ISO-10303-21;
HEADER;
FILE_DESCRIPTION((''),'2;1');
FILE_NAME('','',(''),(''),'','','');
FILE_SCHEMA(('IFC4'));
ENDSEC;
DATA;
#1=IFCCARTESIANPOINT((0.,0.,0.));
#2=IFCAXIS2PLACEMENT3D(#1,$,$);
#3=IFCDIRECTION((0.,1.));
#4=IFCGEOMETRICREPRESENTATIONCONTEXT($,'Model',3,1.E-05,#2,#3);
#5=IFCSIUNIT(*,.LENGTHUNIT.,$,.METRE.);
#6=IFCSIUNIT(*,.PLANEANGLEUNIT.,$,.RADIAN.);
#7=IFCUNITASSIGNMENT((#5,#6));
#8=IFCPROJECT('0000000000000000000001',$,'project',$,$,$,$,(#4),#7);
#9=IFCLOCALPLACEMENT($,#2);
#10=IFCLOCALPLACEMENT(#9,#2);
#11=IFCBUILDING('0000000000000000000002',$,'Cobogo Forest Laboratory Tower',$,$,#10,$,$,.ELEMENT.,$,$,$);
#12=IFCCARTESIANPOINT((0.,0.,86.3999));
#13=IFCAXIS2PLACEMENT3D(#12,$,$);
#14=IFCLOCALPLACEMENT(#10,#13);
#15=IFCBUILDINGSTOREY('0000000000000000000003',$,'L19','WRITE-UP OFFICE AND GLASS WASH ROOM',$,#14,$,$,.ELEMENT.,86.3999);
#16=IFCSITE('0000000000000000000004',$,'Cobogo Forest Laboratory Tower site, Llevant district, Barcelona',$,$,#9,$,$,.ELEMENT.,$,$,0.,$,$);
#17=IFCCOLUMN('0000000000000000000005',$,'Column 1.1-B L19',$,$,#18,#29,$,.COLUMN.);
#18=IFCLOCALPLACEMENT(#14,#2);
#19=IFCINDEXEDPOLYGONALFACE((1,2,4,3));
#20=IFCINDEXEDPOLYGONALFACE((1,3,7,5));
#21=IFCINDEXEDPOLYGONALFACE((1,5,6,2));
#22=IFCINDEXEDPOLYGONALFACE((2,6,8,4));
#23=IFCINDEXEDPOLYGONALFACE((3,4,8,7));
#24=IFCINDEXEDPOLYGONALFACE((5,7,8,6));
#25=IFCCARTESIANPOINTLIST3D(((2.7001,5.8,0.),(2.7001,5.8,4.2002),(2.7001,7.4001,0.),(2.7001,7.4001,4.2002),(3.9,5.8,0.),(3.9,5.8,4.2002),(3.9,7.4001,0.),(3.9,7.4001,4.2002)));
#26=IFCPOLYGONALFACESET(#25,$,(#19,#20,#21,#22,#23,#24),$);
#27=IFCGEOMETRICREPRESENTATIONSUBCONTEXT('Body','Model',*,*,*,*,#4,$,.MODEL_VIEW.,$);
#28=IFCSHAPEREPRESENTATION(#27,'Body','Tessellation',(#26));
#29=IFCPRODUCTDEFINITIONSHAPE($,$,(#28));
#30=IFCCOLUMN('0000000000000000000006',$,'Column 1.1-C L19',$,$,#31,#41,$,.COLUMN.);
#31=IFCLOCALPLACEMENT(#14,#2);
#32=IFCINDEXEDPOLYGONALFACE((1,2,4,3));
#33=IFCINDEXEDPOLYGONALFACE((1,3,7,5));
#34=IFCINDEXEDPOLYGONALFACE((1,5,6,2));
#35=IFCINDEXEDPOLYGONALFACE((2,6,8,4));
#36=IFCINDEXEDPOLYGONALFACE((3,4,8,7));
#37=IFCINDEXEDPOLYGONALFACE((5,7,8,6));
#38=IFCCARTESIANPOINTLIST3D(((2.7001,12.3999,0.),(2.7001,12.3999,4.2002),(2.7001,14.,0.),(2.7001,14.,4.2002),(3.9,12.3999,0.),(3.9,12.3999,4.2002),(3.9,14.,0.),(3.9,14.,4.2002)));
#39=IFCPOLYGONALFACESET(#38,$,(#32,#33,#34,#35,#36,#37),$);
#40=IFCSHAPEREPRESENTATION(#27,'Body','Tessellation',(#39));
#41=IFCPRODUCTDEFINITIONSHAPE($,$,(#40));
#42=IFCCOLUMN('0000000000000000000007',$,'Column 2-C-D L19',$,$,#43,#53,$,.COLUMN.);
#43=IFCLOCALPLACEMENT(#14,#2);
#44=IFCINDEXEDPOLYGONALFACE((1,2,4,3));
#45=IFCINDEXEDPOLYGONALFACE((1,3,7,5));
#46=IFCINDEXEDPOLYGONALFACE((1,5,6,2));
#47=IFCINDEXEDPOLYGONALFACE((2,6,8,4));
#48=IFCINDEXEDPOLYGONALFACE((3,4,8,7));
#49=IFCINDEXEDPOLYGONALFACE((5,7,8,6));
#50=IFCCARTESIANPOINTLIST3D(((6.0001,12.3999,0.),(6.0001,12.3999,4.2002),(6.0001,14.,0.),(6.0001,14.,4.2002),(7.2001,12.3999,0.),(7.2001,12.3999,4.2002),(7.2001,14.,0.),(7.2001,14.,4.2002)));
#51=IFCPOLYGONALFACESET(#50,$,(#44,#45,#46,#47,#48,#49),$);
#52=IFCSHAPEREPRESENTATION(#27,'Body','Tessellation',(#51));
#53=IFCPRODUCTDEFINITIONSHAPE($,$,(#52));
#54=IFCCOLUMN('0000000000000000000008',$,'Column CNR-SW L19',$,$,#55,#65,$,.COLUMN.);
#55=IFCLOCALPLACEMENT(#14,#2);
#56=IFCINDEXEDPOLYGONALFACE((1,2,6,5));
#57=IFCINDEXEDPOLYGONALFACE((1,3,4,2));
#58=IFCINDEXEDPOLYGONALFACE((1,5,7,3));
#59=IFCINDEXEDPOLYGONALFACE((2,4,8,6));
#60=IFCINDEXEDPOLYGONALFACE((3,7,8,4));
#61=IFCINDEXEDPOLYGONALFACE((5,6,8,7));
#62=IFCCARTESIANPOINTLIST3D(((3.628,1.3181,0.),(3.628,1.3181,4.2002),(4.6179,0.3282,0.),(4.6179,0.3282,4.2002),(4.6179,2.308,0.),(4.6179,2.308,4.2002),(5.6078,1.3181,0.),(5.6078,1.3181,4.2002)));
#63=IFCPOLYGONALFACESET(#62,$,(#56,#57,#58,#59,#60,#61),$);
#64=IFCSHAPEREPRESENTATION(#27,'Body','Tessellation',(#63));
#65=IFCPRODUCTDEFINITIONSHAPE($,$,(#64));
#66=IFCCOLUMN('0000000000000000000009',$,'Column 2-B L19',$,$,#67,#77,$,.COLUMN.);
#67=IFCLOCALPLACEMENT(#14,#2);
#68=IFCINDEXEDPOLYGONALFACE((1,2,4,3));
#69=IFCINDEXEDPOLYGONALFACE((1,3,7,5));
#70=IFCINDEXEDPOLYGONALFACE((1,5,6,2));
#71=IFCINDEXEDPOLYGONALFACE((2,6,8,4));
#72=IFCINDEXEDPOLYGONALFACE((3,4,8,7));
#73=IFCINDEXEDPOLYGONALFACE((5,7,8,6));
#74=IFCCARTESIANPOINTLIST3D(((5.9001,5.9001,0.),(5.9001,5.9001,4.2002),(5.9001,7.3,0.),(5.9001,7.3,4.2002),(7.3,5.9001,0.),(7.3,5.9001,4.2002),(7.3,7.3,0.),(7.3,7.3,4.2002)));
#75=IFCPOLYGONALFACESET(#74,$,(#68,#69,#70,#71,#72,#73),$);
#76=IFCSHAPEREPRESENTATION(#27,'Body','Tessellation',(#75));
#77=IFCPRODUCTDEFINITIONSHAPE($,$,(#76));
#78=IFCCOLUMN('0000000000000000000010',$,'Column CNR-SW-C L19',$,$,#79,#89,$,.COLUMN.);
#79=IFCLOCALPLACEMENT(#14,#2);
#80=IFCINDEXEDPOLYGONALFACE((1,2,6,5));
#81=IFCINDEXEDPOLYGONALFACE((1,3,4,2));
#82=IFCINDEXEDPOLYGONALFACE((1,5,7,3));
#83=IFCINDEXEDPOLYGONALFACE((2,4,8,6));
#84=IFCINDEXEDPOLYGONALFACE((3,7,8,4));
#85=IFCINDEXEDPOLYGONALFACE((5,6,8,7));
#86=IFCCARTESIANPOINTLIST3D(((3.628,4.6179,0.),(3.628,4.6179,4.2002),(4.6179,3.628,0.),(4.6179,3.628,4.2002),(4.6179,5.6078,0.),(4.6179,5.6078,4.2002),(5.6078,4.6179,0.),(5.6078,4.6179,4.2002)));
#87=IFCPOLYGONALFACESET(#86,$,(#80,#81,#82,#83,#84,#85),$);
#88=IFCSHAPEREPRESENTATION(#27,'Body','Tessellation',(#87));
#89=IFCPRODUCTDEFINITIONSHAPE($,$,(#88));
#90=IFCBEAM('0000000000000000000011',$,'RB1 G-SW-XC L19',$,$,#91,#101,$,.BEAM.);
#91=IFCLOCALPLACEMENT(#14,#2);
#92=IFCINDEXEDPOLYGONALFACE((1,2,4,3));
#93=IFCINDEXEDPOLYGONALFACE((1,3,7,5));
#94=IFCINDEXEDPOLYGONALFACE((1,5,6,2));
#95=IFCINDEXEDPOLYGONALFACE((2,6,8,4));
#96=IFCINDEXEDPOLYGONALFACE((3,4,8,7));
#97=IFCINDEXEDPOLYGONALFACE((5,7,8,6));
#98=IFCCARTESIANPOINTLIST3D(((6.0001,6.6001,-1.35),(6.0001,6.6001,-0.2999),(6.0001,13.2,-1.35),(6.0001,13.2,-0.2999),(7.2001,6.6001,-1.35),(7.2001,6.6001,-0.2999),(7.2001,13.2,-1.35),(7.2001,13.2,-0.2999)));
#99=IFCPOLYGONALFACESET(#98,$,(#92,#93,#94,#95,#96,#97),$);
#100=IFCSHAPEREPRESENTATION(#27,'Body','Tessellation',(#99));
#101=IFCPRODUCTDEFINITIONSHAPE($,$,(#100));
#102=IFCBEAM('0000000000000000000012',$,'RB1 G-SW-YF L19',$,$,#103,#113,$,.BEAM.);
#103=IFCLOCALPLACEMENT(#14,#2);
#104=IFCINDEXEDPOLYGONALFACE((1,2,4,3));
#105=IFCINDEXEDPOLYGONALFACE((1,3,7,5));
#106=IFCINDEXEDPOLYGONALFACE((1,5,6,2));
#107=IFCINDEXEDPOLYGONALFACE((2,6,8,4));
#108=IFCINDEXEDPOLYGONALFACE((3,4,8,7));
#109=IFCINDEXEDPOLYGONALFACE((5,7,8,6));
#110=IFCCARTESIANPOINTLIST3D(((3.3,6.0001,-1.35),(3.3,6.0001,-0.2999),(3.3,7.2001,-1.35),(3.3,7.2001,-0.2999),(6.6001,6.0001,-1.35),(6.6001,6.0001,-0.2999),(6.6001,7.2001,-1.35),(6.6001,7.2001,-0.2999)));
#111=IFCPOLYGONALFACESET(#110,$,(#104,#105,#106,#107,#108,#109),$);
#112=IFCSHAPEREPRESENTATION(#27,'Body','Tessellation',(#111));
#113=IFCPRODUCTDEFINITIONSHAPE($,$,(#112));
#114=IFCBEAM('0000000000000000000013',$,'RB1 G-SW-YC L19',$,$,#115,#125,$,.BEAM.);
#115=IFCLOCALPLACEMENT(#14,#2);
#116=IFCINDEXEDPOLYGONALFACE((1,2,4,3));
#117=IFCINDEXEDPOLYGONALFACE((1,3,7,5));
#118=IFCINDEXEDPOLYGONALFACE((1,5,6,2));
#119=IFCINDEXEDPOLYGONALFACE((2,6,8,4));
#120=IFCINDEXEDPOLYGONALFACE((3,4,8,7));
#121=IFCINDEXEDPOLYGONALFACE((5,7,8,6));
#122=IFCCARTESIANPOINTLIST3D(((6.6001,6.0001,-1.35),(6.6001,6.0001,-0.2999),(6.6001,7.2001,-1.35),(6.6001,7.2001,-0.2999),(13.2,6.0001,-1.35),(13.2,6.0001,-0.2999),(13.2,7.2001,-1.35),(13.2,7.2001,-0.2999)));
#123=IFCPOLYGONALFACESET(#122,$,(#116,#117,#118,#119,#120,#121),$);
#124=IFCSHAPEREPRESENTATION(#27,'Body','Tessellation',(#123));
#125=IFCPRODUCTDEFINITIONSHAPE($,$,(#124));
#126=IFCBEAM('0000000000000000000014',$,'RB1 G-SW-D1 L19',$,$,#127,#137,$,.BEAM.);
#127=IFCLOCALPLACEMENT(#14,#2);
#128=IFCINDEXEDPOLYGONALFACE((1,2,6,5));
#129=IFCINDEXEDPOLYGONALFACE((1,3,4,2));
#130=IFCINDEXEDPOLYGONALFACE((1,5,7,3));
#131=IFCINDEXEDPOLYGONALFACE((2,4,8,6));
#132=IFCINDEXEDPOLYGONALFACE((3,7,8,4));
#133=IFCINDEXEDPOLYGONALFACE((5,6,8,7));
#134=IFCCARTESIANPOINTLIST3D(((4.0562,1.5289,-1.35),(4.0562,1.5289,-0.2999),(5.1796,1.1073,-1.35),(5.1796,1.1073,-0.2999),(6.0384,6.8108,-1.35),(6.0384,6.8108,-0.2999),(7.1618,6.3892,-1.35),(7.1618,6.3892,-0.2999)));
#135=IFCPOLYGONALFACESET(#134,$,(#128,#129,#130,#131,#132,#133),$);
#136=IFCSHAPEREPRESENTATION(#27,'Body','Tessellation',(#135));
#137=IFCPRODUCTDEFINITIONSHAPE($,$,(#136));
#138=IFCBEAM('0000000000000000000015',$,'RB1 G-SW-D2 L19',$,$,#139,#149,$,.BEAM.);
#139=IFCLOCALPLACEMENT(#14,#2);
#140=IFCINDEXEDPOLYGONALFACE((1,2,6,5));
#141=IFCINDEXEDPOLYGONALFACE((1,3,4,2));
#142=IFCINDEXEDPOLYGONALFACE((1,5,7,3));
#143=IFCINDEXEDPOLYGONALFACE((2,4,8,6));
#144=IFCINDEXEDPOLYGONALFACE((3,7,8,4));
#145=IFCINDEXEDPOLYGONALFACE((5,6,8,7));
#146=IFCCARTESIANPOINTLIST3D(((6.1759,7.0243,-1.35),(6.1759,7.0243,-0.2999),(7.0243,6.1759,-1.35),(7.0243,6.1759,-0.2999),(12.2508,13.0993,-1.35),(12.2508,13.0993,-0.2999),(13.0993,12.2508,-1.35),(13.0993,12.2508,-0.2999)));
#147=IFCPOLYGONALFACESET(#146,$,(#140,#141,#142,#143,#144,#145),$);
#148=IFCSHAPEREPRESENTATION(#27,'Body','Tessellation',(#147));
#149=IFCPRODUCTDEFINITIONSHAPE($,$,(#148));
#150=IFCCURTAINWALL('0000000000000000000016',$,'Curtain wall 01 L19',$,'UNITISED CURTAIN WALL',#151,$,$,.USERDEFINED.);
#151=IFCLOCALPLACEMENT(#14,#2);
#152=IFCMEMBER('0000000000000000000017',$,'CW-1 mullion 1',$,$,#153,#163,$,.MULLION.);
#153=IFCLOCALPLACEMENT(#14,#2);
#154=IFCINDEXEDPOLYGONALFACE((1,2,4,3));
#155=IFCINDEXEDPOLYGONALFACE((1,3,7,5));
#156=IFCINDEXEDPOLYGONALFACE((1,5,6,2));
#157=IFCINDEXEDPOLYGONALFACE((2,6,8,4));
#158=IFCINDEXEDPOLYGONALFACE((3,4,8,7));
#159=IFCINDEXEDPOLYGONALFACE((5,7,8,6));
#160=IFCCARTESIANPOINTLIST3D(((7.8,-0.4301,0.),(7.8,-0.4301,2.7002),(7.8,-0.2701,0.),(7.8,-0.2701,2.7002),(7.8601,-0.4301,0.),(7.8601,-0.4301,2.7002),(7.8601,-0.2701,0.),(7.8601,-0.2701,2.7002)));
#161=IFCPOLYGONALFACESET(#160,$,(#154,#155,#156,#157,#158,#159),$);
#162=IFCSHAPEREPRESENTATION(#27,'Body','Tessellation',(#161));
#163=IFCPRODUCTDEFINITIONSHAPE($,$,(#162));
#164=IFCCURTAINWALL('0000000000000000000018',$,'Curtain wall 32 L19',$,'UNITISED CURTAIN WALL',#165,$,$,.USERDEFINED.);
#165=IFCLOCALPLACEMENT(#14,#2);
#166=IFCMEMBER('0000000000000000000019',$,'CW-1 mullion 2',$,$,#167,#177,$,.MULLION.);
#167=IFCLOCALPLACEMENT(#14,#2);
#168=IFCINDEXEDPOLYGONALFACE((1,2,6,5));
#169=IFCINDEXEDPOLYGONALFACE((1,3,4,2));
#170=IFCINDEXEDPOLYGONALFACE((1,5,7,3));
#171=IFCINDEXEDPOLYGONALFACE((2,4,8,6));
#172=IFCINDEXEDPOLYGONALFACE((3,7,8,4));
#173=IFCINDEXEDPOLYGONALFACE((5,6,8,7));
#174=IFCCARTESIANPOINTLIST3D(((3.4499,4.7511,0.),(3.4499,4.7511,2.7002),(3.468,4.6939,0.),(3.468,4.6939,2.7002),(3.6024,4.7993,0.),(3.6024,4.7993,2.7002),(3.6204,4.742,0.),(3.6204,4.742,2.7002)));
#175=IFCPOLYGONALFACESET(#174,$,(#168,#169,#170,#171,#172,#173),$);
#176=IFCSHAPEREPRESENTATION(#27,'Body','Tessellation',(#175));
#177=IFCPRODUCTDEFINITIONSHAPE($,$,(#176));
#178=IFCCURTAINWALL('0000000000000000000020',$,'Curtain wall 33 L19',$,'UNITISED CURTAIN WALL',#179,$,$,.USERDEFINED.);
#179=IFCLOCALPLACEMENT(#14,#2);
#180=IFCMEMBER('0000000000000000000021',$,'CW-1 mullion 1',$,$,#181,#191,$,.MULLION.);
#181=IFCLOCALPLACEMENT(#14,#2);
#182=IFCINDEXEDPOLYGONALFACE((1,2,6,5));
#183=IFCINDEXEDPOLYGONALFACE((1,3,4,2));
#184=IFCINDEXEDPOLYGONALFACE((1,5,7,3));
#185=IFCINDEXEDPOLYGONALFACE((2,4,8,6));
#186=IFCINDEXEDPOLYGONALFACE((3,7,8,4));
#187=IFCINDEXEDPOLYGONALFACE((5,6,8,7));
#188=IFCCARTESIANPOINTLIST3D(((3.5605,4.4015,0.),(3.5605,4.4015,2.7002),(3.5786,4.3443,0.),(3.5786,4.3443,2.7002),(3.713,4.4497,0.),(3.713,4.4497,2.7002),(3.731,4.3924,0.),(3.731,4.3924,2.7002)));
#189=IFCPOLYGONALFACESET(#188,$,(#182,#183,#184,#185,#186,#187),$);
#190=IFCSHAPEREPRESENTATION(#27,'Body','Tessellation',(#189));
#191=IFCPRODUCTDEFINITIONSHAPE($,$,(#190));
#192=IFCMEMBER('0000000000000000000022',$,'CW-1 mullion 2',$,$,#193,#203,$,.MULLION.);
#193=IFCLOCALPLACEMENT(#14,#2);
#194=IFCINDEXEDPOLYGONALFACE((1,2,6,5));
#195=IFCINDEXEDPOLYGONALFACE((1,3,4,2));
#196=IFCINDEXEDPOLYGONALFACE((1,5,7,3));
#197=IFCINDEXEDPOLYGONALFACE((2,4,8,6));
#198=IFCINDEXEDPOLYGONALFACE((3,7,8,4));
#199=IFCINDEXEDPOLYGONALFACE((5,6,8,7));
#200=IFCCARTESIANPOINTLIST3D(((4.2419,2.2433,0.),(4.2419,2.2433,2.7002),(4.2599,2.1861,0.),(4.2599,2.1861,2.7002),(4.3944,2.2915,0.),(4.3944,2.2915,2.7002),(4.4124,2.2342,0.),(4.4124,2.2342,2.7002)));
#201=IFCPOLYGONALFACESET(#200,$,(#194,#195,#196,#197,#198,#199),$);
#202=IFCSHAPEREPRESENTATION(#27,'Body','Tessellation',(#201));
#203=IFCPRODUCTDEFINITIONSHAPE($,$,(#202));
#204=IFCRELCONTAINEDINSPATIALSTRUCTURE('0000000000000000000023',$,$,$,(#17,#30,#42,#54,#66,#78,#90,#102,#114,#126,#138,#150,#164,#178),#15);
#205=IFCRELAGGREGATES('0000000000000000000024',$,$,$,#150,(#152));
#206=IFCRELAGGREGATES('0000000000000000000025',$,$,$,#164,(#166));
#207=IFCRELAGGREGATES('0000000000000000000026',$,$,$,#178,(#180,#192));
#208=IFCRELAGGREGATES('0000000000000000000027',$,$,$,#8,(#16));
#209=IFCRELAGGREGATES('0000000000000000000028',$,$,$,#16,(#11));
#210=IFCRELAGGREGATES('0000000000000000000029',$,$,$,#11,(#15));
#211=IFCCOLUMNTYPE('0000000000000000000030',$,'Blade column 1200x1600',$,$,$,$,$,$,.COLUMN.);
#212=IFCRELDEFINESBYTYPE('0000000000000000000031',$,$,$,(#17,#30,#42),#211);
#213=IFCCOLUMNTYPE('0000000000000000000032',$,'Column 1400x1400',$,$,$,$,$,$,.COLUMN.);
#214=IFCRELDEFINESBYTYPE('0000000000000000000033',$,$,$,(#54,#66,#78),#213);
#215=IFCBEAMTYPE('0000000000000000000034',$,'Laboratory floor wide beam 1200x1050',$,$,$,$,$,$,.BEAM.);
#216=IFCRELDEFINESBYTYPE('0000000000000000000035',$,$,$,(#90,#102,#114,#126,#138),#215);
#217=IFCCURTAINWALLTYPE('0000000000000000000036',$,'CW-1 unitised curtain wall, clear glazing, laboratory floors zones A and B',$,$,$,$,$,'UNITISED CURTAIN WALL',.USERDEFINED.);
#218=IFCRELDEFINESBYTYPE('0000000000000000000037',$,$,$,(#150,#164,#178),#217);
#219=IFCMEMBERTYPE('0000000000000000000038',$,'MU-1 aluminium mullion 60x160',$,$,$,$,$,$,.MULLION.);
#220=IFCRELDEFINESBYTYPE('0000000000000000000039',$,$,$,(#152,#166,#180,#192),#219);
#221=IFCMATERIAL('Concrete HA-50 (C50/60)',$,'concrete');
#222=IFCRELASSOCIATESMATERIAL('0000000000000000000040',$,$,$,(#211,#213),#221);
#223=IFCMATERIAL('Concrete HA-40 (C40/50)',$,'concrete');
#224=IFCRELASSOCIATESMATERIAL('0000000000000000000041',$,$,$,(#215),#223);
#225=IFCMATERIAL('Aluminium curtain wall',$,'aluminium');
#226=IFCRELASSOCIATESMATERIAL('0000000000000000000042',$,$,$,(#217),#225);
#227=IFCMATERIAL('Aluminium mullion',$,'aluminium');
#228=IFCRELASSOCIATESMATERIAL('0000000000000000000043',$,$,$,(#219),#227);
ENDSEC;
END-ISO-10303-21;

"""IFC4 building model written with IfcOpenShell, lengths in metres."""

from ifc_helpers import new_model, si_unit, direction, frame, origin, origin_2d, place, context, subcontext, project, spatial, rectangle, extrude, material, material_profile, profile_set, type_object, element, aggregate, save


model = new_model("IFC4")

# Units and contexts
model_context = context("Model", 3, precision=1e-05, world=origin(), true_north=direction((0.0, 1.0)))
body_context = subcontext(model_context, "Body", "Model", "MODEL_VIEW")
ifc_project = project(units=[si_unit("LENGTHUNIT", "METRE"), si_unit("PLANEANGLEUNIT", "RADIAN")], contexts=[model_context])

# Site, building, storey
site_placement = place(None, origin())
site = spatial("IfcSite", under=ifc_project, at=site_placement, Name="Cobogo Forest Laboratory Tower site, Llevant district, Barcelona", CompositionType="ELEMENT", RefElevation=0.0)
building_placement = place(site_placement, origin())
building = spatial("IfcBuilding", under=site, at=building_placement, Name="Cobogo Forest Laboratory Tower", CompositionType="ELEMENT")
storey_placement = place(building_placement, frame((0.0, 0.0, 86.3999)))
storey = spatial("IfcBuildingStorey", under=building, at=storey_placement, Name="L19", Description="WRITE-UP OFFICE AND GLASS WASH ROOM", CompositionType="ELEMENT", Elevation=86.3999)

# Columns
ifc_material_1 = material(Name="Concrete HA-50 (C50/60)", Category="concrete")
ifc_material_profile_1 = material_profile(ifc_material_1, rectangle(XDim=1.6001, YDim=1.2, at=origin_2d()), Name="RC 1200x1600")
ifc_profile_set_1 = profile_set([ifc_material_profile_1], Name="Concrete HA-50 (C50/60)")
column_type_1 = type_object("IfcColumnType", Name="Blade column 1200x1600", PredefinedType="COLUMN", material=ifc_profile_set_1)
for number, where, z_axis, x_axis, name in (
    (1, (3.3, 6.6001, 0.0), (0.0, 0.0, 1.0), (0.0, 1.0, 0.0), "Column 1.1-B L19"),
    (2, (3.3, 13.2, 0.0), (0.0, 0.0, 1.0), (0.0, 1.0, 0.0), "Column 1.1-C L19"),
    (3, (6.6001, 13.2, 0.0), (0.0, 0.0, 1.0), (0.0, 1.0, 0.0), "Column 2-C-D L19"),
):
    element("IfcColumn", number, at=place(storey_placement, frame(where, z_axis=z_axis, x_axis=x_axis)), inside=storey, type_object=column_type_1, Name=name, PredefinedType="COLUMN", context=body_context, shape_type="SweptSolid", body=[
        extrude(rectangle(XDim=1.6001, YDim=1.2, at=origin_2d()), origin(), (0.0, 0.0, 1.0), 4.2002),
    ])
ifc_material_profile_2 = material_profile(ifc_material_1, rectangle(XDim=1.3999, YDim=1.3999, at=origin_2d()), Name="RC 1400x1400")
ifc_profile_set_2 = profile_set([ifc_material_profile_2], Name="Concrete HA-50 (C50/60)")
column_type_2 = type_object("IfcColumnType", Name="Column 1400x1400", PredefinedType="COLUMN", material=ifc_profile_set_2)
for number, where, z_axis, x_axis, name in (
    (4, (4.6179, 1.3181, 0.0), (0.0, 0.0, 1.0), (0.707107, 0.707107, 0.0), "Column CNR-SW L19"),
    (5, (6.6001, 6.6001, 0.0), (0.0, 0.0, 1.0), (1.0, 0.0, 0.0), "Column 2-B L19"),
    (6, (4.6179, 4.6179, 0.0), (0.0, 0.0, 1.0), (0.707107, 0.707107, 0.0), "Column CNR-SW-C L19"),
):
    element("IfcColumn", number, at=place(storey_placement, frame(where, z_axis=z_axis, x_axis=x_axis)), inside=storey, type_object=column_type_2, Name=name, PredefinedType="COLUMN", context=body_context, shape_type="SweptSolid", body=[
        extrude(rectangle(XDim=1.3999, YDim=1.3999, at=origin_2d()), origin(), (0.0, 0.0, 1.0), 4.2002),
    ])

# Beams
ifc_material_2 = material(Name="Concrete HA-40 (C40/50)", Category="concrete")
ifc_material_profile_3 = material_profile(ifc_material_2, rectangle(XDim=1.2, YDim=1.05, at=origin_2d()), Name="RC 1200x1050")
ifc_profile_set_3 = profile_set([ifc_material_profile_3], Name="Concrete HA-40 (C40/50)")
beam_type_1 = type_object("IfcBeamType", Name="Laboratory floor wide beam 1200x1050", PredefinedType="BEAM", material=ifc_profile_set_3)
beam_1_placement = place(storey_placement, frame((6.6001, 6.6001, -0.825), z_axis=(0.0, 1.0, 0.0), x_axis=(-1.0, 0.0, 0.0)))
element("IfcBeam", 7, at=beam_1_placement, inside=storey, type_object=beam_type_1, Name="RB1 G-SW-XC L19", PredefinedType="BEAM", context=body_context, shape_type="SweptSolid", body=[
    extrude(rectangle(XDim=1.2, YDim=1.05, at=origin_2d()), origin(), (0.0, 0.0, 1.0), 6.5999),
])
beam_2_placement = place(storey_placement, frame((3.3, 6.6001, -0.825), z_axis=(1.0, 0.0, 0.0), x_axis=(0.0, 1.0, 0.0)))
element("IfcBeam", 8, at=beam_2_placement, inside=storey, type_object=beam_type_1, Name="RB1 G-SW-YF L19", PredefinedType="BEAM", context=body_context, shape_type="SweptSolid", body=[
    extrude(rectangle(XDim=1.2, YDim=1.05, at=origin_2d()), origin(), (0.0, 0.0, 1.0), 3.3),
])
beam_3_placement = place(storey_placement, frame((6.6001, 6.6001, -0.825), z_axis=(1.0, 0.0, 0.0), x_axis=(0.0, 1.0, 0.0)))
element("IfcBeam", 9, at=beam_3_placement, inside=storey, type_object=beam_type_1, Name="RB1 G-SW-YC L19", PredefinedType="BEAM", context=body_context, shape_type="SweptSolid", body=[
    extrude(rectangle(XDim=1.2, YDim=1.05, at=origin_2d()), origin(), (0.0, 0.0, 1.0), 6.5999),
])
beam_4_placement = place(storey_placement, frame((4.6179, 1.3181, -0.825), z_axis=(0.351346, 0.936246, 0.0), x_axis=(-0.936246, 0.351346, 0.0)))
element("IfcBeam", 10, at=beam_4_placement, inside=storey, type_object=beam_type_1, Name="RB1 G-SW-D1 L19", PredefinedType="BEAM", context=body_context, shape_type="SweptSolid", body=[
    extrude(rectangle(XDim=1.2, YDim=1.05, at=origin_2d()), origin(), (0.0, 0.0, 1.0), 5.6416),
])
beam_5_placement = place(storey_placement, frame((6.6001, 6.6001, -0.825), z_axis=(0.707107, 0.707107, 0.0), x_axis=(-0.707107, 0.707107, 0.0)))
element("IfcBeam", 11, at=beam_5_placement, inside=storey, type_object=beam_type_1, Name="RB1 G-SW-D2 L19", PredefinedType="BEAM", context=body_context, shape_type="SweptSolid", body=[
    extrude(rectangle(XDim=1.2, YDim=1.05, at=origin_2d()), origin(), (0.0, 0.0, 1.0), 8.5913),
])

# Curtain walls, members
ifc_material_3 = material(Name="Aluminium curtain wall", Category="aluminium")
curtain_wall_type = type_object("IfcCurtainWallType", Name="CW-1 unitised curtain wall, clear glazing, laboratory floors zones A and B", ElementType="UNITISED CURTAIN WALL", PredefinedType="USERDEFINED", material=ifc_material_3)
curtain_wall_1_placement = place(storey_placement, origin())
curtain_wall_1 = element("IfcCurtainWall", 12, at=curtain_wall_1_placement, inside=storey, type_object=curtain_wall_type, Name="Curtain wall 01 L19", ObjectType="UNITISED CURTAIN WALL", PredefinedType="USERDEFINED")
ifc_material_4 = material(Name="Aluminium mullion", Category="aluminium")
ifc_material_profile_4 = material_profile(ifc_material_4, rectangle(XDim=0.0601, YDim=0.1599, at=origin_2d()), Name="AL 60x160")
ifc_profile_set_4 = profile_set([ifc_material_profile_4], Name="Aluminium mullion")
member_type_1 = type_object("IfcMemberType", Name="MU-1 aluminium mullion 60x160", PredefinedType="MULLION", material=ifc_profile_set_4)
member_1_placement = place(storey_placement, frame((7.8301, -0.3501, 0.0), z_axis=(0.0, 0.0, 1.0), x_axis=(1.0, 0.0, 0.0)))
member_1 = element("IfcMember", 13, at=member_1_placement, type_object=member_type_1, Name="CW-1 mullion 1", PredefinedType="MULLION", context=body_context, shape_type="SweptSolid", body=[
    extrude(rectangle(XDim=0.0601, YDim=0.1599, at=origin_2d()), origin(), (0.0, 0.0, 1.0), 2.7002),
])
aggregate(curtain_wall_1, [member_1])
curtain_wall_2_placement = place(storey_placement, origin())
curtain_wall_2 = element("IfcCurtainWall", 14, at=curtain_wall_2_placement, inside=storey, type_object=curtain_wall_type, Name="Curtain wall 32 L19", ObjectType="UNITISED CURTAIN WALL", PredefinedType="USERDEFINED")
member_2_placement = place(storey_placement, frame((3.5352, 4.7466, 0.0), z_axis=(0.0, 0.0, 1.0), x_axis=(0.301136, -0.953581, 0.0)))
member_2 = element("IfcMember", 15, at=member_2_placement, type_object=member_type_1, Name="CW-1 mullion 2", PredefinedType="MULLION", context=body_context, shape_type="SweptSolid", body=[
    extrude(rectangle(XDim=0.0601, YDim=0.1599, at=origin_2d()), origin(), (0.0, 0.0, 1.0), 2.7002),
])

# Curtain wall, members
curtain_wall_3_placement = place(storey_placement, origin())
curtain_wall_3 = element("IfcCurtainWall", 16, at=curtain_wall_3_placement, inside=storey, type_object=curtain_wall_type, Name="Curtain wall 33 L19", ObjectType="UNITISED CURTAIN WALL", PredefinedType="USERDEFINED")
member_3_placement = place(storey_placement, frame((3.6458, 4.397, 0.0), z_axis=(0.0, 0.0, 1.0), x_axis=(0.301135, -0.953581, 0.0)))
member_3 = element("IfcMember", 17, at=member_3_placement, type_object=member_type_1, Name="CW-1 mullion 1", PredefinedType="MULLION", context=body_context, shape_type="SweptSolid", body=[
    extrude(rectangle(XDim=0.0601, YDim=0.1599, at=origin_2d()), origin(), (0.0, 0.0, 1.0), 2.7002),
])
member_4_placement = place(storey_placement, frame((4.3271, 2.2388, 0.0), z_axis=(0.0, 0.0, 1.0), x_axis=(0.301135, -0.953581, 0.0)))
member_4 = element("IfcMember", 18, at=member_4_placement, type_object=member_type_1, Name="CW-1 mullion 2", PredefinedType="MULLION", context=body_context, shape_type="SweptSolid", body=[
    extrude(rectangle(XDim=0.0601, YDim=0.1599, at=origin_2d()), origin(), (0.0, 0.0, 1.0), 2.7002),
])

aggregate(curtain_wall_2, [member_2])
aggregate(curtain_wall_3, [member_3, member_4])

save(model, "model.ifc")
